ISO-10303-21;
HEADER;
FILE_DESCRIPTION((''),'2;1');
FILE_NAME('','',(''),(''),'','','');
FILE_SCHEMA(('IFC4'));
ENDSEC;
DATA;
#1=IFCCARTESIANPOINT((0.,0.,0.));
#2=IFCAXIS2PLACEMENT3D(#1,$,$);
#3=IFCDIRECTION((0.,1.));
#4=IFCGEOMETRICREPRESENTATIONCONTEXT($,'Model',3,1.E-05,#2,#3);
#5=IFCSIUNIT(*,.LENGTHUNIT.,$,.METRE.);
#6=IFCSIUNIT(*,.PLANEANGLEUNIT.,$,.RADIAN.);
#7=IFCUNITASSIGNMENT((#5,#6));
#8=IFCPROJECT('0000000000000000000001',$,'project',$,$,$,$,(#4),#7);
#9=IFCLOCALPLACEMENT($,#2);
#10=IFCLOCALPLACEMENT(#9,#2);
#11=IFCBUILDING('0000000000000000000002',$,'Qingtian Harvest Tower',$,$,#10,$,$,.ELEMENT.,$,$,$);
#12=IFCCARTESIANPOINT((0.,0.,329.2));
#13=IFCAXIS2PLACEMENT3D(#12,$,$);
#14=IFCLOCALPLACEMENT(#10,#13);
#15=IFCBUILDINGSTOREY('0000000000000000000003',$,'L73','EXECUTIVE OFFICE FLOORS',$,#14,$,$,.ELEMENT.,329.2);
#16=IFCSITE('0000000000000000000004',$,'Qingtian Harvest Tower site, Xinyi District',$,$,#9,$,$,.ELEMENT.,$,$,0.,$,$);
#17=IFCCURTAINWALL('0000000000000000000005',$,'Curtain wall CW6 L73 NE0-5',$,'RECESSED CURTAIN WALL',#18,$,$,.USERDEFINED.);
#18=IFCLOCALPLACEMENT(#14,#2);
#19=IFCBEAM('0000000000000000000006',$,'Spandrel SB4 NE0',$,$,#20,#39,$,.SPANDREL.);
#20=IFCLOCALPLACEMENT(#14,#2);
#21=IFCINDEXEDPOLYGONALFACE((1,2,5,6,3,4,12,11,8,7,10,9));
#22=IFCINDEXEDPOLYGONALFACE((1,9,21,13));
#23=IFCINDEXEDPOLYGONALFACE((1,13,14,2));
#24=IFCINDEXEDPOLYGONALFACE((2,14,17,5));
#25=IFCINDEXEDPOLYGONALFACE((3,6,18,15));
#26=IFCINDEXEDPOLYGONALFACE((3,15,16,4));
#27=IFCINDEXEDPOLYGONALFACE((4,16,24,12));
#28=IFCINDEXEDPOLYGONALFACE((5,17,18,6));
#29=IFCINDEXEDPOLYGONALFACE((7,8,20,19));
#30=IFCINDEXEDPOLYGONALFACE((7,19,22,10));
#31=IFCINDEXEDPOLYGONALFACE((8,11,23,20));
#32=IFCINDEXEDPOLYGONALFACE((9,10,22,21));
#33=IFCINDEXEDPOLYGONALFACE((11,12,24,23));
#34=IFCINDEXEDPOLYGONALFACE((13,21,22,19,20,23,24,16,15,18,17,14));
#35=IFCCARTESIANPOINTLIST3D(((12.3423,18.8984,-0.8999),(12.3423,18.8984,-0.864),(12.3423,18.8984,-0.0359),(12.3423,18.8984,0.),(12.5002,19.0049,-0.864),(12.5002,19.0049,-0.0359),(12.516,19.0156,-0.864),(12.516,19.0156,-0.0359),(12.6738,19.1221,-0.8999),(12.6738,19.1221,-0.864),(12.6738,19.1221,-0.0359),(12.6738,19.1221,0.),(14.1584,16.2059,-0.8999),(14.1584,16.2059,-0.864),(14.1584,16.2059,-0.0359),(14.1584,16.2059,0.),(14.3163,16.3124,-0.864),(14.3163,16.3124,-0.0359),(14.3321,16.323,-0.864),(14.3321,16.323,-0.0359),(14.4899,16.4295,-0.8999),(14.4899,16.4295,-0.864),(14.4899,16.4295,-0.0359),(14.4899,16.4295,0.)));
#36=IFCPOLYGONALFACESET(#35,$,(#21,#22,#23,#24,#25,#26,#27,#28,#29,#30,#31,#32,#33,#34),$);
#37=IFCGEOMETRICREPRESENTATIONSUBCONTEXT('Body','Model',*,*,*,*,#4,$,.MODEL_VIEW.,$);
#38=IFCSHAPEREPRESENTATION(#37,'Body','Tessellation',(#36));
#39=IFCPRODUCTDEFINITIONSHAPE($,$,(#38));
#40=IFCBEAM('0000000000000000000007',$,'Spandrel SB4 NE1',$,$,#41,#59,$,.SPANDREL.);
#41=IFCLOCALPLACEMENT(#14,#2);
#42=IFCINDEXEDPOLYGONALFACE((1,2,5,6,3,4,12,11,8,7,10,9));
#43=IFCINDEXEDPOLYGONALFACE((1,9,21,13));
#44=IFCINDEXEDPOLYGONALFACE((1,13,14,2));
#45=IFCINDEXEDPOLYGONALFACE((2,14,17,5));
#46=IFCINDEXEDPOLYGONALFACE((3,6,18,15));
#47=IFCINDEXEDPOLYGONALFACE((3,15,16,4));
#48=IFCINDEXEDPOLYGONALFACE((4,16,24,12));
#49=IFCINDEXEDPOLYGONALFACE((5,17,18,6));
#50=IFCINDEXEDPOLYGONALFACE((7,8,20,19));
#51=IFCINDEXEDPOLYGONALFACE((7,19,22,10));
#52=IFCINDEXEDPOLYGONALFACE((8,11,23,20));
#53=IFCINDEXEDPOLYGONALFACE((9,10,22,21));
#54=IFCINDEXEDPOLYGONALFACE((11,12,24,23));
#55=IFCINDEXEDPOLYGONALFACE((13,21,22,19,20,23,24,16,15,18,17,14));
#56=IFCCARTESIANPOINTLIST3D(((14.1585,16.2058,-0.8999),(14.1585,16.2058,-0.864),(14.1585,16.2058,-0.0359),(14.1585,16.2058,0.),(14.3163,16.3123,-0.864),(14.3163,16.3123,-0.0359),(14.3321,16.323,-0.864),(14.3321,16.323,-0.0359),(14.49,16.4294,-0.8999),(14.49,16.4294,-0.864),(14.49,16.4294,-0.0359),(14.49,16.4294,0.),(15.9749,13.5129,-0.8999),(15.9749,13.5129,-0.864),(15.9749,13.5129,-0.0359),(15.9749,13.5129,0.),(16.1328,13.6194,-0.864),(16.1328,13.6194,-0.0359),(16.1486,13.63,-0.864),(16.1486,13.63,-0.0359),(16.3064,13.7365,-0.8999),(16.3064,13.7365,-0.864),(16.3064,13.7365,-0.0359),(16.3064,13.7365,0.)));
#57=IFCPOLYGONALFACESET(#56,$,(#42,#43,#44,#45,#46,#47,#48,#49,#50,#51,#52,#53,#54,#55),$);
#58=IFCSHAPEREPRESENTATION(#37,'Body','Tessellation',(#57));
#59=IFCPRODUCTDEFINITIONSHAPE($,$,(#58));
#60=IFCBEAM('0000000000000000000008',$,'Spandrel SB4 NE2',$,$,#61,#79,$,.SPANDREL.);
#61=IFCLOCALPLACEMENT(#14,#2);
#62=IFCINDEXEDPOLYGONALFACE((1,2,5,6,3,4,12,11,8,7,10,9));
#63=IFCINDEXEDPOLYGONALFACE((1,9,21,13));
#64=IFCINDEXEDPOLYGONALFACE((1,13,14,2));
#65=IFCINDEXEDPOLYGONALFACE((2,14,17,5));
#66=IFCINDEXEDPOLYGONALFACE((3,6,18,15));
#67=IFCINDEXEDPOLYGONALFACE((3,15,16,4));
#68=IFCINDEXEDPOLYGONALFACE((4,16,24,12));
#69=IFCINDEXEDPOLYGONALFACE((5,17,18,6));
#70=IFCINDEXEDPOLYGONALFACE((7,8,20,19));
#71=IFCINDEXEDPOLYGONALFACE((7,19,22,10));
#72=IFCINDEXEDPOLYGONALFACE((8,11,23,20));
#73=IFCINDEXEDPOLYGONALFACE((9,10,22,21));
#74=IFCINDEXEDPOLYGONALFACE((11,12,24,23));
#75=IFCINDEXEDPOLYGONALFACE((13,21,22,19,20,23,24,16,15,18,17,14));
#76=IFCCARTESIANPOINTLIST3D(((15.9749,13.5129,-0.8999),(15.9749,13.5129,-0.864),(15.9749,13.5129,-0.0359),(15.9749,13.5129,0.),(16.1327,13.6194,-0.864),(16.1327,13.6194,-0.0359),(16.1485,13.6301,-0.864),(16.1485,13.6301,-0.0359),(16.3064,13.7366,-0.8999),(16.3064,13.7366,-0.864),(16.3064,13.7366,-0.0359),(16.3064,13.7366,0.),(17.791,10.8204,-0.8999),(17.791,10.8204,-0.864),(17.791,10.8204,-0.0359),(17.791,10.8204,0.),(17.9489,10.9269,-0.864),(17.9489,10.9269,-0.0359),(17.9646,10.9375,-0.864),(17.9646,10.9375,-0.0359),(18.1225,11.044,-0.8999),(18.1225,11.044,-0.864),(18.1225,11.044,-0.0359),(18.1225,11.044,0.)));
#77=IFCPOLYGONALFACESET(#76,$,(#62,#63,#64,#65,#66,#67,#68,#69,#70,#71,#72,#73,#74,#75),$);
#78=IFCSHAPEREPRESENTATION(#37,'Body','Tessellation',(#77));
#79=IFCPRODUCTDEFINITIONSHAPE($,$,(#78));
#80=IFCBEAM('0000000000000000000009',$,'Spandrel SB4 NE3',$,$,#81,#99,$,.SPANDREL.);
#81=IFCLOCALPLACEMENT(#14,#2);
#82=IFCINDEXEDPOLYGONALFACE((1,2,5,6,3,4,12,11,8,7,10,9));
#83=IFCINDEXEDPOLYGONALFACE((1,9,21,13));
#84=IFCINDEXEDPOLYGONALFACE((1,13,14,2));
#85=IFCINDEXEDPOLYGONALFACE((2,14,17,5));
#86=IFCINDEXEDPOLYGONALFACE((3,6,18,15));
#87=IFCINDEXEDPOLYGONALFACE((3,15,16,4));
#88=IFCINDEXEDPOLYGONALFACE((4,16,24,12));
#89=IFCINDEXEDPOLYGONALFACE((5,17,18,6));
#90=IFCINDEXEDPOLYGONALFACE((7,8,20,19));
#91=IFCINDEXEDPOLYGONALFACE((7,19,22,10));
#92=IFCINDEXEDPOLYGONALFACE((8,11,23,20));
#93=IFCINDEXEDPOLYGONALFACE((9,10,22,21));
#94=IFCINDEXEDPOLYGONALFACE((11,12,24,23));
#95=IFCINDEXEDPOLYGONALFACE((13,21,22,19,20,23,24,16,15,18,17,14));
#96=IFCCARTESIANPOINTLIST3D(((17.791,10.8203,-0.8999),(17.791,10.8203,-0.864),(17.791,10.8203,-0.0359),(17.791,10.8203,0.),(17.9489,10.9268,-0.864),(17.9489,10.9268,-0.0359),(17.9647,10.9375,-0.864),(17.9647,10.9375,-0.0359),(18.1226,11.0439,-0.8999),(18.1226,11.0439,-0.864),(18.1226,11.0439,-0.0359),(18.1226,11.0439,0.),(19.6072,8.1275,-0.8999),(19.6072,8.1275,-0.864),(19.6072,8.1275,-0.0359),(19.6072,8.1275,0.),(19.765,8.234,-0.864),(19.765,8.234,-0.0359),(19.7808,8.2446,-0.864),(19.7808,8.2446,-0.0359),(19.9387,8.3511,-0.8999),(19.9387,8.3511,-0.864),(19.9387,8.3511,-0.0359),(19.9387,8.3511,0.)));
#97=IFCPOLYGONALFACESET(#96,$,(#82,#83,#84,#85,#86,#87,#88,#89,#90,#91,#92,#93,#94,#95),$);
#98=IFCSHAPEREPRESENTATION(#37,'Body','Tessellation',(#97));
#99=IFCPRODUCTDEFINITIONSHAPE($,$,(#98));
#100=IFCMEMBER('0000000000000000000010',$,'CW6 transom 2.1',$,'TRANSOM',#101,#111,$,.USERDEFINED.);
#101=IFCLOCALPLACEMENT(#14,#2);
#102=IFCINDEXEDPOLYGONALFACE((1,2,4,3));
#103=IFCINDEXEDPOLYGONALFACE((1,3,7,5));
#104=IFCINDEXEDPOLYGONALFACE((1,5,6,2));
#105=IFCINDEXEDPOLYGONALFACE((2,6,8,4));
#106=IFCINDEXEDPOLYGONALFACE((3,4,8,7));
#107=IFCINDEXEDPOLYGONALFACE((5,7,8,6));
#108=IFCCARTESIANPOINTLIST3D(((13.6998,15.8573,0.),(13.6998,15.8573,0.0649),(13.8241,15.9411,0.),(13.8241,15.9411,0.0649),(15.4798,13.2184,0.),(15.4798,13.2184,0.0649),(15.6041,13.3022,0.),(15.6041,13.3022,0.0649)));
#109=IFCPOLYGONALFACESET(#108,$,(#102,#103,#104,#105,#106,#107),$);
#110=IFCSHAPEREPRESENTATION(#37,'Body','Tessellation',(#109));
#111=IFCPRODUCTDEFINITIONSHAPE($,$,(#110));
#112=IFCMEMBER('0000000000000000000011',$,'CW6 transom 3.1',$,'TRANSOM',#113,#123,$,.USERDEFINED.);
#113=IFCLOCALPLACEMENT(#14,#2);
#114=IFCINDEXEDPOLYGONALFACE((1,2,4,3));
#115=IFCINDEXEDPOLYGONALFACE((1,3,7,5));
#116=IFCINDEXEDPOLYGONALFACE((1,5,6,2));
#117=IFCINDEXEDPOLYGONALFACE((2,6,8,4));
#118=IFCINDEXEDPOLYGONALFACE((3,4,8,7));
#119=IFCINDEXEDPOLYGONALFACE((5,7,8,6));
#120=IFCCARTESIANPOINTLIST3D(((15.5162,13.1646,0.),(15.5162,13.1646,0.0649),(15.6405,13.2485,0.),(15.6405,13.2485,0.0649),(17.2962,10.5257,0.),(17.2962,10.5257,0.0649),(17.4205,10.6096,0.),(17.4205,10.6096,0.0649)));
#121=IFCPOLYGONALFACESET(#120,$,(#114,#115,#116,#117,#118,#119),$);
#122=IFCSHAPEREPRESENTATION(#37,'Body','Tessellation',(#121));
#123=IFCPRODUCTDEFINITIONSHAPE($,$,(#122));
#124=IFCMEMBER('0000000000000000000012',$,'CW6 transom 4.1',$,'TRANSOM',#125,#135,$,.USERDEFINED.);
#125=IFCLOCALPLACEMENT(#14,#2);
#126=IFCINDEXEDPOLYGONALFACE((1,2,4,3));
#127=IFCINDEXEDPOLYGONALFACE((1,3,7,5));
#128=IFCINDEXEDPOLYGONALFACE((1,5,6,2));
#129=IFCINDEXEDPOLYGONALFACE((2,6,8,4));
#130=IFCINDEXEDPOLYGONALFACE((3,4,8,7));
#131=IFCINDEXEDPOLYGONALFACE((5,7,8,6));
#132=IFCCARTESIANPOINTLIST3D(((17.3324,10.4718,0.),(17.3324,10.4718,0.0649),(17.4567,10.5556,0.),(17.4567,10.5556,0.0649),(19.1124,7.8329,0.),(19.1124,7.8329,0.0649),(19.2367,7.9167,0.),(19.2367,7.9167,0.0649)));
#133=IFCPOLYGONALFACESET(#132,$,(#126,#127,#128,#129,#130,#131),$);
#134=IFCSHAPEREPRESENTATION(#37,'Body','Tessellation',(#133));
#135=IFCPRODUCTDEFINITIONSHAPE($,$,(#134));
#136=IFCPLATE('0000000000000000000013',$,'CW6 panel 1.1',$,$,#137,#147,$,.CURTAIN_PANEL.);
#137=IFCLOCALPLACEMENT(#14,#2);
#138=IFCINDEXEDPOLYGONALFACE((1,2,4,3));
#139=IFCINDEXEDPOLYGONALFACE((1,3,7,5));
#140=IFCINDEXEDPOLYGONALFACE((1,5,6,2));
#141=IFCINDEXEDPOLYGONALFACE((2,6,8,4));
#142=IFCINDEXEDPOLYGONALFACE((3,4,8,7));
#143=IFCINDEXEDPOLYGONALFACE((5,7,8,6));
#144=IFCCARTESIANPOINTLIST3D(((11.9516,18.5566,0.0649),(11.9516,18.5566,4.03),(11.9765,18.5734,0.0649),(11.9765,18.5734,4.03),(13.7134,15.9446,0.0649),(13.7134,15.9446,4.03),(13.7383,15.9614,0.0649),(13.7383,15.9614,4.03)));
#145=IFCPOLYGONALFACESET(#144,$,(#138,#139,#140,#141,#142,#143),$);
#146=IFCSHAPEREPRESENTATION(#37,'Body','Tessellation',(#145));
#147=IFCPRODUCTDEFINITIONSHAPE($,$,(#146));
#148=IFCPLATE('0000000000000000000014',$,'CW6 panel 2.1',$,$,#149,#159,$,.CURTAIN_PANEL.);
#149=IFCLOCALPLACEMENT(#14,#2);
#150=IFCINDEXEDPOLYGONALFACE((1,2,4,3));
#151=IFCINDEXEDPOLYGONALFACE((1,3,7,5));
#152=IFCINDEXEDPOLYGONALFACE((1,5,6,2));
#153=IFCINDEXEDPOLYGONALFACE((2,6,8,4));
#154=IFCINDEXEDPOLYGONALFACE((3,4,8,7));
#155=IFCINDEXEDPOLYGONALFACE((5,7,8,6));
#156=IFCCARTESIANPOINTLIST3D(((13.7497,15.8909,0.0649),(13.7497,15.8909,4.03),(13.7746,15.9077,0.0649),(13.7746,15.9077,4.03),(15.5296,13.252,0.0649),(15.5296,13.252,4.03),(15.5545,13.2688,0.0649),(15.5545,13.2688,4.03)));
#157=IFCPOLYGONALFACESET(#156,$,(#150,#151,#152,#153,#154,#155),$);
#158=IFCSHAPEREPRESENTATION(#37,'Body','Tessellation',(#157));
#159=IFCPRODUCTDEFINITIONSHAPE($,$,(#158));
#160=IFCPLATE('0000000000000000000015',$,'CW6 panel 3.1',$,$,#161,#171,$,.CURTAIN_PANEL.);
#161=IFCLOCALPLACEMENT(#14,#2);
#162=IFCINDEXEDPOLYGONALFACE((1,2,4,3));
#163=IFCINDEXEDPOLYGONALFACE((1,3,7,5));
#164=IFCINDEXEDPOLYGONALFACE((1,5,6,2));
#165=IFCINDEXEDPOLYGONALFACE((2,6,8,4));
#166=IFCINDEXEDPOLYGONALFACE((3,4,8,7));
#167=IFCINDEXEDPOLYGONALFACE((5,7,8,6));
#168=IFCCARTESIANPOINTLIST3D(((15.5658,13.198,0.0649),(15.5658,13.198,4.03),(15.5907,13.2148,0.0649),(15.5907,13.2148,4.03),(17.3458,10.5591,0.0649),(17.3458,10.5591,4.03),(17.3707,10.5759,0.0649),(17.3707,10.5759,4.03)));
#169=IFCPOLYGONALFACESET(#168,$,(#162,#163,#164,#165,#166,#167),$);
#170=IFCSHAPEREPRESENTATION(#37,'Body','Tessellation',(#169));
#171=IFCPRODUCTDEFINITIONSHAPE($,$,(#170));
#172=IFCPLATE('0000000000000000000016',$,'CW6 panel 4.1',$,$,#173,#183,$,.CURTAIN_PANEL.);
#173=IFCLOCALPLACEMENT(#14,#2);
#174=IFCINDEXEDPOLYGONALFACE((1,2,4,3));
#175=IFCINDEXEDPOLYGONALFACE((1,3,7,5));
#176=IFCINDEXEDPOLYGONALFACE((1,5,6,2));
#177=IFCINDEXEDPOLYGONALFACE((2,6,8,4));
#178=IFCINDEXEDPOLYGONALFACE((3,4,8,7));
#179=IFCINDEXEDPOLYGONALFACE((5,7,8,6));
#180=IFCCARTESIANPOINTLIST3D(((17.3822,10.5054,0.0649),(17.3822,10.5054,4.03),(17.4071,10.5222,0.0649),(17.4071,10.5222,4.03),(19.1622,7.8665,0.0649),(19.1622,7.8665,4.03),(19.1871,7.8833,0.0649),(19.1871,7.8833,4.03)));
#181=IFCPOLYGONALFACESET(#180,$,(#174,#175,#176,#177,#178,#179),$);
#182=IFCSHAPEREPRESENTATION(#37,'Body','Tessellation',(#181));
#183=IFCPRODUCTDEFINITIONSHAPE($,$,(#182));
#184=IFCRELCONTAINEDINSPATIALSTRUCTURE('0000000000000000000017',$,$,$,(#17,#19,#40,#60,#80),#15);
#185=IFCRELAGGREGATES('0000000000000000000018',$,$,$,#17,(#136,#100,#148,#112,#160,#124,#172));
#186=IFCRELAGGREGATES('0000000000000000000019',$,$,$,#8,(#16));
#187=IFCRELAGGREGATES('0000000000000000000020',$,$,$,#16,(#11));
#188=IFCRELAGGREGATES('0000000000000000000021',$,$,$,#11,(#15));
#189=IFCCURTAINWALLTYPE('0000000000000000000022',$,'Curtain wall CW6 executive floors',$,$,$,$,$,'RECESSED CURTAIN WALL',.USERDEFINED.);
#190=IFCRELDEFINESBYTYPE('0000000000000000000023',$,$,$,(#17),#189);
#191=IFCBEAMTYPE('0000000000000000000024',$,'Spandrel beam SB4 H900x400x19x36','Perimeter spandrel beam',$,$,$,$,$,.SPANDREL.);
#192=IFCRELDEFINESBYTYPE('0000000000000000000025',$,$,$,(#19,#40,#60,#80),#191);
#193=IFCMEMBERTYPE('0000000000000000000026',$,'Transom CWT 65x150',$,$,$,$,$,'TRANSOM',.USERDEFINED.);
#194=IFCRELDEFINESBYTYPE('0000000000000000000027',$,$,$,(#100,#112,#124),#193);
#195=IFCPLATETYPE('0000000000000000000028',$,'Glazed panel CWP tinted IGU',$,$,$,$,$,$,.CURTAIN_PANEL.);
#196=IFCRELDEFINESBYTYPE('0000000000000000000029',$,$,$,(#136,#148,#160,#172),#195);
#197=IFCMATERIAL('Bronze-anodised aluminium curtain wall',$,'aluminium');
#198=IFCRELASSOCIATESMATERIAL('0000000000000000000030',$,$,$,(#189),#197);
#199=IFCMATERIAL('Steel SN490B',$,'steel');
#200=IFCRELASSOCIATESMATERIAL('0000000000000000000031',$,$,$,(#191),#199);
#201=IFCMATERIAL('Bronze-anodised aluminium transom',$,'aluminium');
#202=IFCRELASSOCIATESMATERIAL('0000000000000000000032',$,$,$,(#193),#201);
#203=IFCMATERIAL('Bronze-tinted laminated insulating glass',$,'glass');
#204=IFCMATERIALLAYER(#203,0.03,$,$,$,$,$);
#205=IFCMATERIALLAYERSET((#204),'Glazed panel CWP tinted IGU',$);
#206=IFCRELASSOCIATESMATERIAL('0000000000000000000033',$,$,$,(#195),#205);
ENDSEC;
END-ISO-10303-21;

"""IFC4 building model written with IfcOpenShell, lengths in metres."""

from ifc_helpers import new_model, si_unit, direction, frame, origin, origin_2d, place, context, subcontext, project, spatial, rectangle, i_section, extrude, material, layer, layer_set, material_profile, profile_set, type_object, element, aggregate, save


model = new_model("IFC4")

# Units and contexts
model_context = context("Model", 3, precision=1e-05, world=origin(), true_north=direction((0.0, 1.0)))
body_context = subcontext(model_context, "Body", "Model", "MODEL_VIEW")
ifc_project = project(units=[si_unit("LENGTHUNIT", "METRE"), si_unit("PLANEANGLEUNIT", "RADIAN")], contexts=[model_context])

# Site, building, storey
site_placement = place(None, origin())
site = spatial("IfcSite", under=ifc_project, at=site_placement, Name="Qingtian Harvest Tower site, Xinyi District", CompositionType="ELEMENT", RefElevation=0.0)
building_placement = place(site_placement, origin())
building = spatial("IfcBuilding", under=site, at=building_placement, Name="Qingtian Harvest Tower", CompositionType="ELEMENT")
storey_placement = place(building_placement, frame((0.0, 0.0, 329.2)))
storey = spatial("IfcBuildingStorey", under=building, at=storey_placement, Name="L73", Description="EXECUTIVE OFFICE FLOORS", CompositionType="ELEMENT", Elevation=329.2)

# Curtain wall
ifc_material_1 = material(Name="Bronze-anodised aluminium curtain wall", Category="aluminium")
curtain_wall_type = type_object("IfcCurtainWallType", Name="Curtain wall CW6 executive floors", ElementType="RECESSED CURTAIN WALL", PredefinedType="USERDEFINED", material=ifc_material_1)
curtain_wall_placement = place(storey_placement, origin())
curtain_wall = element("IfcCurtainWall", 1, at=curtain_wall_placement, inside=storey, type_object=curtain_wall_type, Name="Curtain wall CW6 L73 NE0-5", ObjectType="RECESSED CURTAIN WALL", PredefinedType="USERDEFINED")

# Beams
ifc_material_2 = material(Name="Steel SN490B", Category="steel")
ifc_material_profile_1 = material_profile(ifc_material_2, i_section(OverallWidth=0.3999, OverallDepth=0.8999, WebThickness=0.019, FlangeThickness=0.0359, at=origin_2d()), Name="H900x400x19x36")
ifc_profile_set_1 = profile_set([ifc_material_profile_1], Name="Steel SN490B")
beam_type_1 = type_object("IfcBeamType", Name="Spandrel beam SB4 H900x400x19x36", Description="Perimeter spandrel beam", PredefinedType="SPANDREL", material=ifc_profile_set_1)
beam_1_placement = place(storey_placement, frame((12.5081, 19.0103, -0.45), z_axis=(0.559185, -0.829043, 0.0), x_axis=(0.829043, 0.559185, 0.0)))
element("IfcBeam", 2, at=beam_1_placement, inside=storey, type_object=beam_type_1, Name="Spandrel SB4 NE0", PredefinedType="SPANDREL", context=body_context, shape_type="SweptSolid", body=[
    extrude(i_section(OverallWidth=0.3999, OverallDepth=0.8999, WebThickness=0.019, FlangeThickness=0.0359, at=origin_2d()), origin(), (0.0, 0.0, 1.0), 3.2478),
])
beam_2_placement = place(storey_placement, frame((14.3242, 16.3176, -0.45), z_axis=(0.559202, -0.829032, 0.0), x_axis=(0.829032, 0.559202, 0.0)))
element("IfcBeam", 3, at=beam_2_placement, inside=storey, type_object=beam_type_1, Name="Spandrel SB4 NE1", PredefinedType="SPANDREL", context=body_context, shape_type="SweptSolid", body=[
    extrude(i_section(OverallWidth=0.3999, OverallDepth=0.8999, WebThickness=0.019, FlangeThickness=0.0359, at=origin_2d()), origin(), (0.0, 0.0, 1.0), 3.2483),
])
beam_3_placement = place(storey_placement, frame((16.1406, 13.6248, -0.45), z_axis=(0.559185, -0.829043, 0.0), x_axis=(0.829043, 0.559185, 0.0)))
element("IfcBeam", 4, at=beam_3_placement, inside=storey, type_object=beam_type_1, Name="Spandrel SB4 NE2", PredefinedType="SPANDREL", context=body_context, shape_type="SweptSolid", body=[
    extrude(i_section(OverallWidth=0.3999, OverallDepth=0.8999, WebThickness=0.019, FlangeThickness=0.0359, at=origin_2d()), origin(), (0.0, 0.0, 1.0), 3.2478),
])
beam_4_placement = place(storey_placement, frame((17.9568, 10.9321, -0.45), z_axis=(0.55915, -0.829066, 0.0), x_axis=(0.829066, 0.55915, 0.0)))
element("IfcBeam", 5, at=beam_4_placement, inside=storey, type_object=beam_type_1, Name="Spandrel SB4 NE3", PredefinedType="SPANDREL", context=body_context, shape_type="SweptSolid", body=[
    extrude(i_section(OverallWidth=0.3999, OverallDepth=0.8999, WebThickness=0.019, FlangeThickness=0.0359, at=origin_2d()), origin(), (0.0, 0.0, 1.0), 3.248),
])

# Members
ifc_material_3 = material(Name="Bronze-anodised aluminium transom", Category="aluminium")
ifc_material_profile_2 = material_profile(ifc_material_3, rectangle(XDim=0.1499, YDim=0.0649, at=origin_2d()), Name="AL 65x150")
ifc_profile_set_2 = profile_set([ifc_material_profile_2], Name="Bronze-anodised aluminium transom")
member_type_1 = type_object("IfcMemberType", Name="Transom CWT 65x150", ElementType="TRANSOM", PredefinedType="USERDEFINED", material=ifc_profile_set_2)
member_1_placement = place(storey_placement, frame((13.762, 15.8992, 0.0325), z_axis=(0.559205, -0.829029, 0.0), x_axis=(0.829029, 0.559205, 0.0)))
member_1 = element("IfcMember", 6, at=member_1_placement, type_object=member_type_1, Name="CW6 transom 2.1", ObjectType="TRANSOM", PredefinedType="USERDEFINED", context=body_context, shape_type="SweptSolid", body=[
    extrude(rectangle(XDim=0.1499, YDim=0.0649, at=origin_2d()), origin(), (0.0, 0.0, 1.0), 3.1831),
])
member_2_placement = place(storey_placement, frame((15.5784, 13.2065, 0.0325), z_axis=(0.559205, -0.829029, 0.0), x_axis=(0.829029, 0.559205, 0.0)))
member_2 = element("IfcMember", 7, at=member_2_placement, type_object=member_type_1, Name="CW6 transom 3.1", ObjectType="TRANSOM", PredefinedType="USERDEFINED", context=body_context, shape_type="SweptSolid", body=[
    extrude(rectangle(XDim=0.1499, YDim=0.0649, at=origin_2d()), origin(), (0.0, 0.0, 1.0), 3.1831),
])
member_3_placement = place(storey_placement, frame((17.3945, 10.5137, 0.0325), z_axis=(0.559205, -0.829029, 0.0), x_axis=(0.829029, 0.559205, 0.0)))
member_3 = element("IfcMember", 8, at=member_3_placement, type_object=member_type_1, Name="CW6 transom 4.1", ObjectType="TRANSOM", PredefinedType="USERDEFINED", context=body_context, shape_type="SweptSolid", body=[
    extrude(rectangle(XDim=0.1499, YDim=0.0649, at=origin_2d()), origin(), (0.0, 0.0, 1.0), 3.1831),
])

# Plates
ifc_material_4 = material(Name="Bronze-tinted laminated insulating glass", Category="glass")
ifc_layer_1 = layer(ifc_material_4, 0.03)
ifc_layer_set_1 = layer_set([ifc_layer_1], Name="Glazed panel CWP tinted IGU")
plate_type = type_object("IfcPlateType", Name="Glazed panel CWP tinted IGU", PredefinedType="CURTAIN_PANEL", material=ifc_layer_set_1)
plate_1_placement = place(storey_placement, frame((12.845, 17.259, 0.0649), z_axis=(0.0, 0.0, 1.0), x_axis=(0.559193, -0.829038, 0.0)))
plate_1 = element("IfcPlate", 9, at=plate_1_placement, type_object=plate_type, Name="CW6 panel 1.1", PredefinedType="CURTAIN_PANEL", context=body_context, shape_type="SweptSolid", body=[
    extrude(rectangle(XDim=3.1506, YDim=0.03, at=origin_2d()), origin(), (0.0, 0.0, 1.0), 3.9651),
])
plate_2_placement = place(storey_placement, frame((14.6521, 14.5798, 0.0649), z_axis=(0.0, 0.0, 1.0), x_axis=(0.559193, -0.829038, 0.0)))
plate_2 = element("IfcPlate", 10, at=plate_2_placement, type_object=plate_type, Name="CW6 panel 2.1", PredefinedType="CURTAIN_PANEL", context=body_context, shape_type="SweptSolid", body=[
    extrude(rectangle(XDim=3.1831, YDim=0.03, at=origin_2d()), origin(), (0.0, 0.0, 1.0), 3.9651),
])
plate_3_placement = place(storey_placement, frame((16.4683, 11.887, 0.0649), z_axis=(0.0, 0.0, 1.0), x_axis=(0.559193, -0.829038, 0.0)))
plate_3 = element("IfcPlate", 11, at=plate_3_placement, type_object=plate_type, Name="CW6 panel 3.1", PredefinedType="CURTAIN_PANEL", context=body_context, shape_type="SweptSolid", body=[
    extrude(rectangle(XDim=3.1831, YDim=0.03, at=origin_2d()), origin(), (0.0, 0.0, 1.0), 3.9651),
])
plate_4_placement = place(storey_placement, frame((18.2847, 9.1943, 0.0649), z_axis=(0.0, 0.0, 1.0), x_axis=(0.559193, -0.829038, 0.0)))
plate_4 = element("IfcPlate", 12, at=plate_4_placement, type_object=plate_type, Name="CW6 panel 4.1", PredefinedType="CURTAIN_PANEL", context=body_context, shape_type="SweptSolid", body=[
    extrude(rectangle(XDim=3.1831, YDim=0.03, at=origin_2d()), origin(), (0.0, 0.0, 1.0), 3.9651),
])
aggregate(curtain_wall, [plate_1, member_1, plate_2, member_2, plate_3, member_3, plate_4])

save(model, "model.ifc")
